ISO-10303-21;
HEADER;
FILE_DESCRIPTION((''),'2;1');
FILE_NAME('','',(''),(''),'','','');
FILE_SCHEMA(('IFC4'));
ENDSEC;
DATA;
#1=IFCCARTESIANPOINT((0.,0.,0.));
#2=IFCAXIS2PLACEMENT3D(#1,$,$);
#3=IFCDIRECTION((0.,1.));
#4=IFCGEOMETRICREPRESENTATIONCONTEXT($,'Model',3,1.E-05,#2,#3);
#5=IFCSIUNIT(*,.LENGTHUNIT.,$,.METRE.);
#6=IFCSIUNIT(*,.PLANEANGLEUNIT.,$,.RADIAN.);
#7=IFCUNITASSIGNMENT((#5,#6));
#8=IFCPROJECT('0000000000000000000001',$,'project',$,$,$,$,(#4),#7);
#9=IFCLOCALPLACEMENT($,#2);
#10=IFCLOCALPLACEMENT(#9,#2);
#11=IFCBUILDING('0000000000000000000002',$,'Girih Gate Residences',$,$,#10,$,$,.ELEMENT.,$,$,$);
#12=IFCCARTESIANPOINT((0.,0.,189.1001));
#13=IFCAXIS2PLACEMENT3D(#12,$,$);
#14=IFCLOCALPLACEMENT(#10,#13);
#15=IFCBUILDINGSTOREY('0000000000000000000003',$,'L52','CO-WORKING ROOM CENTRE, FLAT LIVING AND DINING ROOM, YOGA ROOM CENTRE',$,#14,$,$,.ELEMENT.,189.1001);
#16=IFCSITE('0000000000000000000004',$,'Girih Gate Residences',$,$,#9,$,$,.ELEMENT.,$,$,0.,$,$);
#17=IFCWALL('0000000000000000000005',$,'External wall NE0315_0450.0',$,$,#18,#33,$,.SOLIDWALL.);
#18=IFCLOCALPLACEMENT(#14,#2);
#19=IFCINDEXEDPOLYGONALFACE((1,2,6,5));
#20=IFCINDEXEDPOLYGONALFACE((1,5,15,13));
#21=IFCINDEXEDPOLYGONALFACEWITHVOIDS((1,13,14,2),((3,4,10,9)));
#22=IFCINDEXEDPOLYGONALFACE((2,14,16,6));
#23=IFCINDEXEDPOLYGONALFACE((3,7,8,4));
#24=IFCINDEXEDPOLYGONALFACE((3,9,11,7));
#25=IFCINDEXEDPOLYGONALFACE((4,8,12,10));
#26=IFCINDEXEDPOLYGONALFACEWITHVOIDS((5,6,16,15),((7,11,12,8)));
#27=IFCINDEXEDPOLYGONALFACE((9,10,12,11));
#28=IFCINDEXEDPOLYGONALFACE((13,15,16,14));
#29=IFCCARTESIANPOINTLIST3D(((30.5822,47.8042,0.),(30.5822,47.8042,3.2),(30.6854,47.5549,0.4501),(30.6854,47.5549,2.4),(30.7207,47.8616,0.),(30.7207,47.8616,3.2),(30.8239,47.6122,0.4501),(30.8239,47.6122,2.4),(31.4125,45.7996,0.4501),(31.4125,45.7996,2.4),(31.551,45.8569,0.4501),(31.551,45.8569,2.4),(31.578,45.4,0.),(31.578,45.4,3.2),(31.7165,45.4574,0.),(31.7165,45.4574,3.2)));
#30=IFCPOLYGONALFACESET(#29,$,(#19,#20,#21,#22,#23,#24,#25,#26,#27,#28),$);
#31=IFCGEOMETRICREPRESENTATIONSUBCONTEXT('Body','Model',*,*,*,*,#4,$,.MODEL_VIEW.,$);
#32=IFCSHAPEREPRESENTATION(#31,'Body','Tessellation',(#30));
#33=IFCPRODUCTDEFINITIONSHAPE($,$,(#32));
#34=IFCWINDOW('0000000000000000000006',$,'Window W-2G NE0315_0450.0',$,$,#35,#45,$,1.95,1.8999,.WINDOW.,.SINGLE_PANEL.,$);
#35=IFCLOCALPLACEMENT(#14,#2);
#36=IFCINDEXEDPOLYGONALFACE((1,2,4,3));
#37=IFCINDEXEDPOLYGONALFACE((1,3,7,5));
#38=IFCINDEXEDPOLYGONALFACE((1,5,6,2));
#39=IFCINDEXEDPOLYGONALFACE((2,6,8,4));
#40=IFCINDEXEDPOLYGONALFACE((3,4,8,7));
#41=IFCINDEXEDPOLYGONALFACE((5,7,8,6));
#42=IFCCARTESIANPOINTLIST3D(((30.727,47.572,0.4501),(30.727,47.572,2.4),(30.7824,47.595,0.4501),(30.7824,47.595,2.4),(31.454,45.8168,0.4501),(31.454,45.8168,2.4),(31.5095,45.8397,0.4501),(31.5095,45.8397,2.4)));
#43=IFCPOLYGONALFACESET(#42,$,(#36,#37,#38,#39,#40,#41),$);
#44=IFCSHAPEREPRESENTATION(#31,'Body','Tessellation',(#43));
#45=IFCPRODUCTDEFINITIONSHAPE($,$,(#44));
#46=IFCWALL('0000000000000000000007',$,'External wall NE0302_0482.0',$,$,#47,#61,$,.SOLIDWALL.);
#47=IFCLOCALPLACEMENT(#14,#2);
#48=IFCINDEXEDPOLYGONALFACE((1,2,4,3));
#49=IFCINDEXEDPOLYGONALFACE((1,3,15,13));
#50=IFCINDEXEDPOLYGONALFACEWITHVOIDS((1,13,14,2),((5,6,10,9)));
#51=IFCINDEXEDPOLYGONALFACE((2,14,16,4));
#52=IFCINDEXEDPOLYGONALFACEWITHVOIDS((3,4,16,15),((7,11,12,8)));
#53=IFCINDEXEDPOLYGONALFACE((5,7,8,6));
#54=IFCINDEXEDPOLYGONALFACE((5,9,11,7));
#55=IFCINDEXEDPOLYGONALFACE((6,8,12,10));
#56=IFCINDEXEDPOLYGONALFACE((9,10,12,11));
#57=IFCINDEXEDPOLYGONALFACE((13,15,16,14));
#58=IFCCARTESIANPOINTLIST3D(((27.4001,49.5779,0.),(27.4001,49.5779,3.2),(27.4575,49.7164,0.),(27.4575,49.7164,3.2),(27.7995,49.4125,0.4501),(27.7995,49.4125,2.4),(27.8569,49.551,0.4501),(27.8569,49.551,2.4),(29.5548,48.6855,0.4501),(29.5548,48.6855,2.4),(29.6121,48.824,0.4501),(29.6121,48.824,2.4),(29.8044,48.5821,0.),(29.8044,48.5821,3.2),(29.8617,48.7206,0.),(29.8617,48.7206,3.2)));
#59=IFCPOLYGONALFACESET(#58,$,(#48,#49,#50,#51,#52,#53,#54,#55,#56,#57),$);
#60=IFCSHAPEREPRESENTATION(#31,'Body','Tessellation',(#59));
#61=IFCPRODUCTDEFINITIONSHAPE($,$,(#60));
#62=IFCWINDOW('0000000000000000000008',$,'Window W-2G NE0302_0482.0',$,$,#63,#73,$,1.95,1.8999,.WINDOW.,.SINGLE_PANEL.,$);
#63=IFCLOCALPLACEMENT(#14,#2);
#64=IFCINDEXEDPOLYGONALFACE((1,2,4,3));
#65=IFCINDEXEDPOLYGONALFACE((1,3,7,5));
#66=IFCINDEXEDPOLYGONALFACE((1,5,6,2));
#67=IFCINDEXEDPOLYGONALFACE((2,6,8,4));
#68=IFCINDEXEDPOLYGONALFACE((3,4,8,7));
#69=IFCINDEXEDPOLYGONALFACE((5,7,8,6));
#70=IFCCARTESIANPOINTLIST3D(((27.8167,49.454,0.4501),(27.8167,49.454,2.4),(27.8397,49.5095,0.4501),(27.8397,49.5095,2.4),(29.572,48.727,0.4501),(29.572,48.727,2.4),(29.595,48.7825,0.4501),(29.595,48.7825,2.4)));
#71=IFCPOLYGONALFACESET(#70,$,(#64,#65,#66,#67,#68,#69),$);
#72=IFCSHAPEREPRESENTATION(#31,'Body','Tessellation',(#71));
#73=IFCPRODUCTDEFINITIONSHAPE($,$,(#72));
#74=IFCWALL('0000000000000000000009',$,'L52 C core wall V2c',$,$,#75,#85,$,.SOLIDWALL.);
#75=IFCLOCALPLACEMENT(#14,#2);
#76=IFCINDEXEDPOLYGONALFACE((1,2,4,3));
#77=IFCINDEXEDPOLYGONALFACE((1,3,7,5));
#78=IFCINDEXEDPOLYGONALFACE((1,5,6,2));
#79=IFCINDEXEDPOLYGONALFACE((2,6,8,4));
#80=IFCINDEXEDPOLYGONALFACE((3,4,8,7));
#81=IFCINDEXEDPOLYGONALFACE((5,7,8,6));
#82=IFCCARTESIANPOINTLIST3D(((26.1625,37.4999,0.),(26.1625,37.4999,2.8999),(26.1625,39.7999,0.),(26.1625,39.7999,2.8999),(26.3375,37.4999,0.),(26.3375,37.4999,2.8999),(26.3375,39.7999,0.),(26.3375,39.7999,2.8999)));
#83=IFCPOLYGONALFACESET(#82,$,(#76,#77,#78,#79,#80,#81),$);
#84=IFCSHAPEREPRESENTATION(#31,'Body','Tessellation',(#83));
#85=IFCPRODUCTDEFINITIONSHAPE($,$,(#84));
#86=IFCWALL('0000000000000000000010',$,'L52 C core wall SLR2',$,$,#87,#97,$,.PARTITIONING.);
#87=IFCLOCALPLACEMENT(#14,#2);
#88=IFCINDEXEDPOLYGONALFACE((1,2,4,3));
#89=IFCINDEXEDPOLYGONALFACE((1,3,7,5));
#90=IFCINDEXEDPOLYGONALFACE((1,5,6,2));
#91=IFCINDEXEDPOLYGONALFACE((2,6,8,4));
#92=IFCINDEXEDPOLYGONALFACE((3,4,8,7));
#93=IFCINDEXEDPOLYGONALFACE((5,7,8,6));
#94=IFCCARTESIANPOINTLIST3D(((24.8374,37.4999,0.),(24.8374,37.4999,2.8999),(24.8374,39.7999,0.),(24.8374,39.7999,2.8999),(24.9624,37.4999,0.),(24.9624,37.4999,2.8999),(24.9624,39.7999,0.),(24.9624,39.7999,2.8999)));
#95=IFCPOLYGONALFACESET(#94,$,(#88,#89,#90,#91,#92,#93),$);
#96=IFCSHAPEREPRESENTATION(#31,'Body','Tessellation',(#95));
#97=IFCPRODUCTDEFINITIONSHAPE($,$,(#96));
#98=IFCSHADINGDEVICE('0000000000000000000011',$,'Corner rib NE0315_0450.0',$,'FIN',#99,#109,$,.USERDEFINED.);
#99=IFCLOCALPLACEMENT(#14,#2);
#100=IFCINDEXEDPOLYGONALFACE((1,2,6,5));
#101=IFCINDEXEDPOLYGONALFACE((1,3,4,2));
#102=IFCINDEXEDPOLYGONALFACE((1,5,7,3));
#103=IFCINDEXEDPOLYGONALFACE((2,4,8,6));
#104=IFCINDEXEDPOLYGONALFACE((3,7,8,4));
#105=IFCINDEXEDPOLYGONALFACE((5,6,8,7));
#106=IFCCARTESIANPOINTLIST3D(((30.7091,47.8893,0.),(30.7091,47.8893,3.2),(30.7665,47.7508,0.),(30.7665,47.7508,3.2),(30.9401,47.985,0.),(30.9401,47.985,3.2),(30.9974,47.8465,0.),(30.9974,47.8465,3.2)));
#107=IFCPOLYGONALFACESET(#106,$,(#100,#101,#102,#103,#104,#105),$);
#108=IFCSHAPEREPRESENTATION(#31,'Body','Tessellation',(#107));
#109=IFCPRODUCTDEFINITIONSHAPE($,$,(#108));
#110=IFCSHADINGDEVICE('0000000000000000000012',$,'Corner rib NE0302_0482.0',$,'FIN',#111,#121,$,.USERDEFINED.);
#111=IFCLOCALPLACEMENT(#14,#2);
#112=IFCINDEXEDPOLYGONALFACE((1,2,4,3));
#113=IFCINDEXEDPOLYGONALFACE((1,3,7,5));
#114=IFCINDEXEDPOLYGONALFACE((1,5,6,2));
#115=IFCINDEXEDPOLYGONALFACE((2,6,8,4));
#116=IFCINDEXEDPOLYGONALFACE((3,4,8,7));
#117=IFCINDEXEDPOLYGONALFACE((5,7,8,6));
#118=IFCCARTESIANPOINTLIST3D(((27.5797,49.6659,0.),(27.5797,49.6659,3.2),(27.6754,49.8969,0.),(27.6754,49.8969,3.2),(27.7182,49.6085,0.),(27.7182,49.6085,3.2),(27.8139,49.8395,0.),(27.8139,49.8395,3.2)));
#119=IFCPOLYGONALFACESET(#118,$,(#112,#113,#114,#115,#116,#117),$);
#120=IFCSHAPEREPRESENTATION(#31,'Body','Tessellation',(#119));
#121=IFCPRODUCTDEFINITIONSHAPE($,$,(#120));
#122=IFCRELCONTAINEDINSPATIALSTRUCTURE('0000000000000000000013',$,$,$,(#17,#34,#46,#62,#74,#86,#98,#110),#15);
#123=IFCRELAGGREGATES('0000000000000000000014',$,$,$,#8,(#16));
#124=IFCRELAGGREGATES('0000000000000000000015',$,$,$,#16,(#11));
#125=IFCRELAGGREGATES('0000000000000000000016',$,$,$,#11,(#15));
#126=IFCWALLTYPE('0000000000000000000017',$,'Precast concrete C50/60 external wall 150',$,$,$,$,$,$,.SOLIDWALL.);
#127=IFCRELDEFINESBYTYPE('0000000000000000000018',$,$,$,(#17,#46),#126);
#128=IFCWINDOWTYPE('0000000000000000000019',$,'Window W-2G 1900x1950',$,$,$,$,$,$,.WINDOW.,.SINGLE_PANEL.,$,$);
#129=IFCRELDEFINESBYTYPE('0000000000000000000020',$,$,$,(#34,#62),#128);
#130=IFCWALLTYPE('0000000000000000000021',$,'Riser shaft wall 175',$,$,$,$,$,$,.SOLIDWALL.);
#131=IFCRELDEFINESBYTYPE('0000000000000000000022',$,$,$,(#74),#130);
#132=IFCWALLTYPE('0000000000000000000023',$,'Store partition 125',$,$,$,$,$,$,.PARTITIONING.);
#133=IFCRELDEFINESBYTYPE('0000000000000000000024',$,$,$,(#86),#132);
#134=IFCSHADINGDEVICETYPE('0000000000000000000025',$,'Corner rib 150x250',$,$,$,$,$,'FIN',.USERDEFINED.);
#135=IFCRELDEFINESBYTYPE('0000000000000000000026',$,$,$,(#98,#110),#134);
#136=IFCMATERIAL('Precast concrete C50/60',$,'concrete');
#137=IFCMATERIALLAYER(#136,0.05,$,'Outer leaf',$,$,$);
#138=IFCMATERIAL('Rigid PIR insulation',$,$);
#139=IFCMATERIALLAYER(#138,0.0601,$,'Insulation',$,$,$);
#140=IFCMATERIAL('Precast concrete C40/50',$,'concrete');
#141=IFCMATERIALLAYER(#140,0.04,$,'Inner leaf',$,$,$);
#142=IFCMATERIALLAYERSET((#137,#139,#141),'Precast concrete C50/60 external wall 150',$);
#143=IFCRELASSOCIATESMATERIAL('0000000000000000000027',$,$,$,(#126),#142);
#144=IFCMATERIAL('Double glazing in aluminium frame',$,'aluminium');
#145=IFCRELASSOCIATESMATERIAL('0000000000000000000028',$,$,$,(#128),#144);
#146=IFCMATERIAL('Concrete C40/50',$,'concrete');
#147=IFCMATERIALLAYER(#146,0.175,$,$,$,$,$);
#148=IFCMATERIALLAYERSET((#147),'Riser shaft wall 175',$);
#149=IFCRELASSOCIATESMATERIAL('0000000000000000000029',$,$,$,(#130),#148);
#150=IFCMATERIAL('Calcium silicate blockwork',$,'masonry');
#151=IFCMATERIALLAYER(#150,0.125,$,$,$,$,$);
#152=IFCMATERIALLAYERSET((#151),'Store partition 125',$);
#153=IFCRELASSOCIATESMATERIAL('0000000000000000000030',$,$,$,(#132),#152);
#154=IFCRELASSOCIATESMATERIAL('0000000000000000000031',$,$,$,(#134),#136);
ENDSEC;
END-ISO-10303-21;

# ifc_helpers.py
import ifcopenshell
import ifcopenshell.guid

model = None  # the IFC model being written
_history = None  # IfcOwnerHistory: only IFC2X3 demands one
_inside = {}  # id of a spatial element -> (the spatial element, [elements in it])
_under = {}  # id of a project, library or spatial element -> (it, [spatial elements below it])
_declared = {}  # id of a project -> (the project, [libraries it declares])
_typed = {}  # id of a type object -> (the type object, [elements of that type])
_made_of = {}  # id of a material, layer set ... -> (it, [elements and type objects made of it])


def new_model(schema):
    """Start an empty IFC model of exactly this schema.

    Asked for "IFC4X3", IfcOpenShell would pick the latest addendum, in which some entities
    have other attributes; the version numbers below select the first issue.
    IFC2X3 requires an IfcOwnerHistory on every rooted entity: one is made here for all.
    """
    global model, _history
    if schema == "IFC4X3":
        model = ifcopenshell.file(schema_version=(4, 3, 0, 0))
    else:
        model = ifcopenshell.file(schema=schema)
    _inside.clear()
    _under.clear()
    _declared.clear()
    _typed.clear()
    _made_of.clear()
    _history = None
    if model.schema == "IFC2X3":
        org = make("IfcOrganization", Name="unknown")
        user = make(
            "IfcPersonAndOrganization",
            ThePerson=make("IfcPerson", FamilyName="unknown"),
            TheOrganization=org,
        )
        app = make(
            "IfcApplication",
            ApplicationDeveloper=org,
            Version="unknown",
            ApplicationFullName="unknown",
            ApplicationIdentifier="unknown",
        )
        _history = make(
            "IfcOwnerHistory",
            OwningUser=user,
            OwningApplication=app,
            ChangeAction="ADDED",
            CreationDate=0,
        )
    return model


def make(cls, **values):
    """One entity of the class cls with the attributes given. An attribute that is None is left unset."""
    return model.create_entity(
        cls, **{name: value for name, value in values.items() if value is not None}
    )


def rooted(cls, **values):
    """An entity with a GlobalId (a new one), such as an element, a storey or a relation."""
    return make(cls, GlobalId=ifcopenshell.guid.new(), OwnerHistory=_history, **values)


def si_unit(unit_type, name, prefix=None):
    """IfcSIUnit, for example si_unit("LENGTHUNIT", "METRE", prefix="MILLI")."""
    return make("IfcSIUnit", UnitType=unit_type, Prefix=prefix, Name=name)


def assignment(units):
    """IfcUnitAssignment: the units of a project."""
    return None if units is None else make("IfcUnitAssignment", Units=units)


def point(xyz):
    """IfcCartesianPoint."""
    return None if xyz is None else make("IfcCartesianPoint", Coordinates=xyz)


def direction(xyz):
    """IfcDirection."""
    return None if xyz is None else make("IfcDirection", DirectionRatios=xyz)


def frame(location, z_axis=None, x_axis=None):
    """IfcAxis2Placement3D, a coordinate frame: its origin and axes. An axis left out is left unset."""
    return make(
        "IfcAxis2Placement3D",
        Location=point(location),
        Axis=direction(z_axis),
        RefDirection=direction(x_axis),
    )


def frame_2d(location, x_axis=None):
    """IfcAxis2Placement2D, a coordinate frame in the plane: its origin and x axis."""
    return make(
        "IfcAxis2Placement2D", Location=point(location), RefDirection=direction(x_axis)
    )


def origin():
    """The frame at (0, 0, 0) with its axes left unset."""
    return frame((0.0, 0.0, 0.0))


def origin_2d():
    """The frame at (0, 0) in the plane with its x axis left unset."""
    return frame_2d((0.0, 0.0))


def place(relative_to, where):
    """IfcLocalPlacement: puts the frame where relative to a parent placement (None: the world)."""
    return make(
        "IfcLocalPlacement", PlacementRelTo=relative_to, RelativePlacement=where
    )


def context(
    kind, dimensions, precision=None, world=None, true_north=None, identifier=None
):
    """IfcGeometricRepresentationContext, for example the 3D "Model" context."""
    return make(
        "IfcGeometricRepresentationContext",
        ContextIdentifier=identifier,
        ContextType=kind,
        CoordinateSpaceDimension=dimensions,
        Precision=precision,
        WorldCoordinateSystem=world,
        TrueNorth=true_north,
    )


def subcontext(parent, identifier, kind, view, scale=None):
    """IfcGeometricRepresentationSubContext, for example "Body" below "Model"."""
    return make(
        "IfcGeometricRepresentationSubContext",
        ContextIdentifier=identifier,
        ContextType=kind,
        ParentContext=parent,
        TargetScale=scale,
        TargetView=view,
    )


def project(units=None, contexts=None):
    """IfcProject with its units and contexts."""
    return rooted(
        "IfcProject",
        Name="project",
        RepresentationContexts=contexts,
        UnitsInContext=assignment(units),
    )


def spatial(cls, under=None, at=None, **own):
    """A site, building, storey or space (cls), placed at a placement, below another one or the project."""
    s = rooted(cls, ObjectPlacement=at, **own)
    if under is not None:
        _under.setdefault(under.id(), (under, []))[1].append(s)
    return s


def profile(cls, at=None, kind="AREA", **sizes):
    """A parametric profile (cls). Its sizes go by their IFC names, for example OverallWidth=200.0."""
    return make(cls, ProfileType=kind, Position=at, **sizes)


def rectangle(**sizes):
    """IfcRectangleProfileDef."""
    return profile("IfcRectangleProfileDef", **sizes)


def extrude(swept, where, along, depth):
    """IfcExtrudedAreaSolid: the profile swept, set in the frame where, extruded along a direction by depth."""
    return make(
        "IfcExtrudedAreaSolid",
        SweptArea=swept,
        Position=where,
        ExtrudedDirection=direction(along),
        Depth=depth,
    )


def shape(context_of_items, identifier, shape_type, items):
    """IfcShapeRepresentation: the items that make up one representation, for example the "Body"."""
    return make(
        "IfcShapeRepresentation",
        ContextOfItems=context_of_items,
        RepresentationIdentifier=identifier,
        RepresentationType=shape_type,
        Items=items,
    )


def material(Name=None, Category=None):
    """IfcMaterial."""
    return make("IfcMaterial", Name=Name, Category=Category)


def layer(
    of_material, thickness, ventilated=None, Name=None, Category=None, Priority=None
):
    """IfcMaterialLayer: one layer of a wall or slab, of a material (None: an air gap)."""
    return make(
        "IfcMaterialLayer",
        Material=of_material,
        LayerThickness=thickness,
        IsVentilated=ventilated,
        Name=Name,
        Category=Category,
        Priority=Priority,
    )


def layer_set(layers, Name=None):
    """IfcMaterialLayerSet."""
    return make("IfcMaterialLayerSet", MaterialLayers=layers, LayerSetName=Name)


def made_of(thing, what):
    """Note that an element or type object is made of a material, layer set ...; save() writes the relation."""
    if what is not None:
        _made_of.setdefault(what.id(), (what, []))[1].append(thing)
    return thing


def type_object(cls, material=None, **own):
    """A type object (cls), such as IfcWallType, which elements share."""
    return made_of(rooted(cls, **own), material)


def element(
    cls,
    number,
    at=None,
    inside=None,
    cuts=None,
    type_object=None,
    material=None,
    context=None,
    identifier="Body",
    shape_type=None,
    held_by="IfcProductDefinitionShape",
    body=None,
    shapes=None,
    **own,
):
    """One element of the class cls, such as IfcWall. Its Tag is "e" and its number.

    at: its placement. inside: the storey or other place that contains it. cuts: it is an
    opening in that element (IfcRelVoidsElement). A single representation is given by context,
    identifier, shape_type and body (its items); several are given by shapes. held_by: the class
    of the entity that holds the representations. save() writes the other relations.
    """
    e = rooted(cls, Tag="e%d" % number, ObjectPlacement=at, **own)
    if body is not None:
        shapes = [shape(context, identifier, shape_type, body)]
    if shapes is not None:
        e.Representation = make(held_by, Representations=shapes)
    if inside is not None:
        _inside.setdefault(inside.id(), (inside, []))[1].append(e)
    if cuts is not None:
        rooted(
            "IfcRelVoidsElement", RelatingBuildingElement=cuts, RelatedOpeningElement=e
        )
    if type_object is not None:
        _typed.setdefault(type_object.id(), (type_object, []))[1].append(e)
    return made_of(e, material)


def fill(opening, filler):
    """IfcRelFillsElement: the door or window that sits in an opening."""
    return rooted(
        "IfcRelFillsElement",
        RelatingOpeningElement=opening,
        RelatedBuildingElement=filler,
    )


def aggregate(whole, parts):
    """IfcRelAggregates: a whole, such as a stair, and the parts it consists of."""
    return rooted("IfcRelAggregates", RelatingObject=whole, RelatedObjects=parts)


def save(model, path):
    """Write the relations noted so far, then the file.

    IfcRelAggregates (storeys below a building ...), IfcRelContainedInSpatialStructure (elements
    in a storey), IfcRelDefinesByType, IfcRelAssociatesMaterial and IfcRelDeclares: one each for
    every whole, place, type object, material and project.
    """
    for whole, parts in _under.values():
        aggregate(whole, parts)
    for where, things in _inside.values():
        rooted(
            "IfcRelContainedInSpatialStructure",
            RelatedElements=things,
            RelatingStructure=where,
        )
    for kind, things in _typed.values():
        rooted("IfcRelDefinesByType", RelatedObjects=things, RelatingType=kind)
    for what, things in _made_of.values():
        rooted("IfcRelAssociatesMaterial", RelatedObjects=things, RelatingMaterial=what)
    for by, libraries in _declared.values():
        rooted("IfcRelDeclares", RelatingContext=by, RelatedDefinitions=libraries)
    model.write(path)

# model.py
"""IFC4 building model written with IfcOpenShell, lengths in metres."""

from ifc_helpers import new_model, si_unit, direction, frame, frame_2d, origin, origin_2d, place, context, subcontext, project, spatial, rectangle, extrude, material, layer, layer_set, type_object, element, fill, save


model = new_model("IFC4")

# Units and contexts
model_context = context("Model", 3, precision=1e-05, world=origin(), true_north=direction((0.0, 1.0)))
body_context = subcontext(model_context, "Body", "Model", "MODEL_VIEW")
ifc_project = project(units=[si_unit("LENGTHUNIT", "METRE"), si_unit("PLANEANGLEUNIT", "RADIAN")], contexts=[model_context])

# Site, building, storey
site_placement = place(None, origin())
site = spatial("IfcSite", under=ifc_project, at=site_placement, Name="Girih Gate Residences", CompositionType="ELEMENT", RefElevation=0.0)
building_placement = place(site_placement, origin())
building = spatial("IfcBuilding", under=site, at=building_placement, Name="Girih Gate Residences", CompositionType="ELEMENT")
storey_placement = place(building_placement, frame((0.0, 0.0, 189.1001)))
storey = spatial("IfcBuildingStorey", under=building, at=storey_placement, Name="L52", Description="CO-WORKING ROOM CENTRE, FLAT LIVING AND DINING ROOM, YOGA ROOM CENTRE", CompositionType="ELEMENT", Elevation=189.1001)

# Walls, openings, windows
ifc_material_1 = material(Name="Precast concrete C50/60", Category="concrete")
ifc_layer_1 = layer(ifc_material_1, 0.05, Name="Outer leaf")
ifc_material_2 = material(Name="Rigid PIR insulation")
ifc_layer_2 = layer(ifc_material_2, 0.0601, Name="Insulation")
ifc_material_3 = material(Name="Precast concrete C40/50", Category="concrete")
ifc_layer_3 = layer(ifc_material_3, 0.04, Name="Inner leaf")
ifc_layer_set_1 = layer_set([ifc_layer_1, ifc_layer_2, ifc_layer_3], Name="Precast concrete C50/60 external wall 150")
wall_type_1 = type_object("IfcWallType", Name="Precast concrete C50/60 external wall 150", PredefinedType="SOLIDWALL", material=ifc_layer_set_1)
ifc_material_4 = material(Name="Double glazing in aluminium frame", Category="aluminium")
wall_1_placement = place(storey_placement, frame((30.6514, 47.833, 0.0), z_axis=(0.0, 0.0, 1.0), x_axis=(0.382669, -0.923885, 0.0)))
wall_1 = element("IfcWall", 1, at=wall_1_placement, inside=storey, type_object=wall_type_1, Name="External wall NE0315_0450.0", PredefinedType="SOLIDWALL", context=body_context, shape_type="SweptSolid", body=[
    extrude(rectangle(XDim=2.6023, YDim=0.1499, at=frame_2d((1.3013, 0.0))), origin(), (0.0, 0.0, 1.0), 3.2),
])
opening_1_placement = place(wall_1_placement, frame((0.27, 0.0, 0.45)))
opening_1 = element("IfcOpeningElement", 2, at=opening_1_placement, cuts=wall_1, PredefinedType="OPENING", context=body_context, shape_type="SweptSolid", body=[
    extrude(rectangle(XDim=1.8999, YDim=1.95, at=frame_2d((0.95, 0.9751))), frame((0.0, 0.085, 0.0), z_axis=(0.0, -1.0, 0.0), x_axis=(1.0, 0.0, 0.0)), (0.0, 0.0, 1.0), 0.1699),
])
window_type_1 = type_object("IfcWindowType", Name="Window W-2G 1900x1950", PartitioningType="SINGLE_PANEL", PredefinedType="WINDOW", material=ifc_material_4)
window_1_placement = place(opening_1_placement, origin())
window_1 = element("IfcWindow", 3, at=window_1_placement, inside=storey, type_object=window_type_1, Name="Window W-2G NE0315_0450.0", OverallHeight=1.95, OverallWidth=1.8999, PartitioningType="SINGLE_PANEL", PredefinedType="WINDOW", context=body_context, shape_type="SweptSolid", body=[
    extrude(rectangle(XDim=1.8999, YDim=1.95, at=frame_2d((0.95, 0.9751))), frame((0.0, 0.03, 0.0), z_axis=(0.0, -1.0, 0.0), x_axis=(1.0, 0.0, 0.0)), (0.0, 0.0, 1.0), 0.0601),
])
fill(opening_1, window_1)
wall_2_placement = place(storey_placement, frame((27.4287, 49.6472, 0.0), z_axis=(0.0, 0.0, 1.0), x_axis=(0.923885, -0.382669, 0.0)))
wall_2 = element("IfcWall", 4, at=wall_2_placement, inside=storey, type_object=wall_type_1, Name="External wall NE0302_0482.0", PredefinedType="SOLIDWALL", context=body_context, shape_type="SweptSolid", body=[
    extrude(rectangle(XDim=2.6023, YDim=0.1499, at=frame_2d((1.3013, 0.0))), origin(), (0.0, 0.0, 1.0), 3.2),
])
opening_2_placement = place(wall_2_placement, frame((0.4324, 0.0, 0.45)))
opening_2 = element("IfcOpeningElement", 5, at=opening_2_placement, cuts=wall_2, PredefinedType="OPENING", context=body_context, shape_type="SweptSolid", body=[
    extrude(rectangle(XDim=1.8999, YDim=1.95, at=frame_2d((0.95, 0.9751))), frame((0.0, 0.085, 0.0), z_axis=(0.0, -1.0, 0.0), x_axis=(1.0, 0.0, 0.0)), (0.0, 0.0, 1.0), 0.1699),
])
window_2_placement = place(opening_2_placement, origin())
window_2 = element("IfcWindow", 6, at=window_2_placement, inside=storey, type_object=window_type_1, Name="Window W-2G NE0302_0482.0", OverallHeight=1.95, OverallWidth=1.8999, PartitioningType="SINGLE_PANEL", PredefinedType="WINDOW", context=body_context, shape_type="SweptSolid", body=[
    extrude(rectangle(XDim=1.8999, YDim=1.95, at=frame_2d((0.95, 0.9751))), frame((0.0, 0.03, 0.0), z_axis=(0.0, -1.0, 0.0), x_axis=(1.0, 0.0, 0.0)), (0.0, 0.0, 1.0), 0.0601),
])
fill(opening_2, window_2)

# Walls
ifc_material_5 = material(Name="Concrete C40/50", Category="concrete")
ifc_layer_4 = layer(ifc_material_5, 0.175)
ifc_layer_set_2 = layer_set([ifc_layer_4], Name="Riser shaft wall 175")
wall_type_2 = type_object("IfcWallType", Name="Riser shaft wall 175", PredefinedType="SOLIDWALL", material=ifc_layer_set_2)
wall_3_placement = place(storey_placement, frame((26.25, 37.5, 0.0), z_axis=(0.0, 0.0, 1.0), x_axis=(0.0, 1.0, 0.0)))
element("IfcWall", 7, at=wall_3_placement, inside=storey, type_object=wall_type_2, Name="L52 C core wall V2c", PredefinedType="SOLIDWALL", context=body_context, shape_type="SweptSolid", body=[
    extrude(rectangle(XDim=2.3, YDim=0.175, at=frame_2d((1.1499, 0.0))), origin(), (0.0, 0.0, 1.0), 2.8999),
])
ifc_material_6 = material(Name="Calcium silicate blockwork", Category="masonry")
ifc_layer_5 = layer(ifc_material_6, 0.125)
ifc_layer_set_3 = layer_set([ifc_layer_5], Name="Store partition 125")
wall_type_3 = type_object("IfcWallType", Name="Store partition 125", PredefinedType="PARTITIONING", material=ifc_layer_set_3)
wall_4_placement = place(storey_placement, frame((24.8999, 37.5, 0.0), z_axis=(0.0, 0.0, 1.0), x_axis=(0.0, 1.0, 0.0)))
element("IfcWall", 8, at=wall_4_placement, inside=storey, type_object=wall_type_3, Name="L52 C core wall SLR2", PredefinedType="PARTITIONING", context=body_context, shape_type="SweptSolid", body=[
    extrude(rectangle(XDim=2.3, YDim=0.125, at=frame_2d((1.1499, 0.0))), origin(), (0.0, 0.0, 1.0), 2.8999),
])

# Shading devices
shading_device_type = type_object("IfcShadingDeviceType", Name="Corner rib 150x250", ElementType="FIN", PredefinedType="USERDEFINED", material=ifc_material_1)
for number, where, z_axis, x_axis, name in (
    (9, (30.8533, 47.8679, 0.0), (0.0, 0.0, 1.0), (-0.382683, 0.92388, 0.0), "Corner rib NE0315_0450.0"),
    (10, (27.6968, 49.7527, 0.0), (0.0, 0.0, 1.0), (-0.92388, 0.382683, 0.0), "Corner rib NE0302_0482.0"),
):
    element("IfcShadingDevice", number, at=place(storey_placement, frame(where, z_axis=z_axis, x_axis=x_axis)), inside=storey, type_object=shading_device_type, Name=name, ObjectType="FIN", PredefinedType="USERDEFINED", context=body_context, shape_type="SweptSolid", body=[
        extrude(rectangle(XDim=0.1499, YDim=0.25, at=origin_2d()), origin(), (0.0, 0.0, 1.0), 3.2),
    ])

save(model, "model.ifc")
